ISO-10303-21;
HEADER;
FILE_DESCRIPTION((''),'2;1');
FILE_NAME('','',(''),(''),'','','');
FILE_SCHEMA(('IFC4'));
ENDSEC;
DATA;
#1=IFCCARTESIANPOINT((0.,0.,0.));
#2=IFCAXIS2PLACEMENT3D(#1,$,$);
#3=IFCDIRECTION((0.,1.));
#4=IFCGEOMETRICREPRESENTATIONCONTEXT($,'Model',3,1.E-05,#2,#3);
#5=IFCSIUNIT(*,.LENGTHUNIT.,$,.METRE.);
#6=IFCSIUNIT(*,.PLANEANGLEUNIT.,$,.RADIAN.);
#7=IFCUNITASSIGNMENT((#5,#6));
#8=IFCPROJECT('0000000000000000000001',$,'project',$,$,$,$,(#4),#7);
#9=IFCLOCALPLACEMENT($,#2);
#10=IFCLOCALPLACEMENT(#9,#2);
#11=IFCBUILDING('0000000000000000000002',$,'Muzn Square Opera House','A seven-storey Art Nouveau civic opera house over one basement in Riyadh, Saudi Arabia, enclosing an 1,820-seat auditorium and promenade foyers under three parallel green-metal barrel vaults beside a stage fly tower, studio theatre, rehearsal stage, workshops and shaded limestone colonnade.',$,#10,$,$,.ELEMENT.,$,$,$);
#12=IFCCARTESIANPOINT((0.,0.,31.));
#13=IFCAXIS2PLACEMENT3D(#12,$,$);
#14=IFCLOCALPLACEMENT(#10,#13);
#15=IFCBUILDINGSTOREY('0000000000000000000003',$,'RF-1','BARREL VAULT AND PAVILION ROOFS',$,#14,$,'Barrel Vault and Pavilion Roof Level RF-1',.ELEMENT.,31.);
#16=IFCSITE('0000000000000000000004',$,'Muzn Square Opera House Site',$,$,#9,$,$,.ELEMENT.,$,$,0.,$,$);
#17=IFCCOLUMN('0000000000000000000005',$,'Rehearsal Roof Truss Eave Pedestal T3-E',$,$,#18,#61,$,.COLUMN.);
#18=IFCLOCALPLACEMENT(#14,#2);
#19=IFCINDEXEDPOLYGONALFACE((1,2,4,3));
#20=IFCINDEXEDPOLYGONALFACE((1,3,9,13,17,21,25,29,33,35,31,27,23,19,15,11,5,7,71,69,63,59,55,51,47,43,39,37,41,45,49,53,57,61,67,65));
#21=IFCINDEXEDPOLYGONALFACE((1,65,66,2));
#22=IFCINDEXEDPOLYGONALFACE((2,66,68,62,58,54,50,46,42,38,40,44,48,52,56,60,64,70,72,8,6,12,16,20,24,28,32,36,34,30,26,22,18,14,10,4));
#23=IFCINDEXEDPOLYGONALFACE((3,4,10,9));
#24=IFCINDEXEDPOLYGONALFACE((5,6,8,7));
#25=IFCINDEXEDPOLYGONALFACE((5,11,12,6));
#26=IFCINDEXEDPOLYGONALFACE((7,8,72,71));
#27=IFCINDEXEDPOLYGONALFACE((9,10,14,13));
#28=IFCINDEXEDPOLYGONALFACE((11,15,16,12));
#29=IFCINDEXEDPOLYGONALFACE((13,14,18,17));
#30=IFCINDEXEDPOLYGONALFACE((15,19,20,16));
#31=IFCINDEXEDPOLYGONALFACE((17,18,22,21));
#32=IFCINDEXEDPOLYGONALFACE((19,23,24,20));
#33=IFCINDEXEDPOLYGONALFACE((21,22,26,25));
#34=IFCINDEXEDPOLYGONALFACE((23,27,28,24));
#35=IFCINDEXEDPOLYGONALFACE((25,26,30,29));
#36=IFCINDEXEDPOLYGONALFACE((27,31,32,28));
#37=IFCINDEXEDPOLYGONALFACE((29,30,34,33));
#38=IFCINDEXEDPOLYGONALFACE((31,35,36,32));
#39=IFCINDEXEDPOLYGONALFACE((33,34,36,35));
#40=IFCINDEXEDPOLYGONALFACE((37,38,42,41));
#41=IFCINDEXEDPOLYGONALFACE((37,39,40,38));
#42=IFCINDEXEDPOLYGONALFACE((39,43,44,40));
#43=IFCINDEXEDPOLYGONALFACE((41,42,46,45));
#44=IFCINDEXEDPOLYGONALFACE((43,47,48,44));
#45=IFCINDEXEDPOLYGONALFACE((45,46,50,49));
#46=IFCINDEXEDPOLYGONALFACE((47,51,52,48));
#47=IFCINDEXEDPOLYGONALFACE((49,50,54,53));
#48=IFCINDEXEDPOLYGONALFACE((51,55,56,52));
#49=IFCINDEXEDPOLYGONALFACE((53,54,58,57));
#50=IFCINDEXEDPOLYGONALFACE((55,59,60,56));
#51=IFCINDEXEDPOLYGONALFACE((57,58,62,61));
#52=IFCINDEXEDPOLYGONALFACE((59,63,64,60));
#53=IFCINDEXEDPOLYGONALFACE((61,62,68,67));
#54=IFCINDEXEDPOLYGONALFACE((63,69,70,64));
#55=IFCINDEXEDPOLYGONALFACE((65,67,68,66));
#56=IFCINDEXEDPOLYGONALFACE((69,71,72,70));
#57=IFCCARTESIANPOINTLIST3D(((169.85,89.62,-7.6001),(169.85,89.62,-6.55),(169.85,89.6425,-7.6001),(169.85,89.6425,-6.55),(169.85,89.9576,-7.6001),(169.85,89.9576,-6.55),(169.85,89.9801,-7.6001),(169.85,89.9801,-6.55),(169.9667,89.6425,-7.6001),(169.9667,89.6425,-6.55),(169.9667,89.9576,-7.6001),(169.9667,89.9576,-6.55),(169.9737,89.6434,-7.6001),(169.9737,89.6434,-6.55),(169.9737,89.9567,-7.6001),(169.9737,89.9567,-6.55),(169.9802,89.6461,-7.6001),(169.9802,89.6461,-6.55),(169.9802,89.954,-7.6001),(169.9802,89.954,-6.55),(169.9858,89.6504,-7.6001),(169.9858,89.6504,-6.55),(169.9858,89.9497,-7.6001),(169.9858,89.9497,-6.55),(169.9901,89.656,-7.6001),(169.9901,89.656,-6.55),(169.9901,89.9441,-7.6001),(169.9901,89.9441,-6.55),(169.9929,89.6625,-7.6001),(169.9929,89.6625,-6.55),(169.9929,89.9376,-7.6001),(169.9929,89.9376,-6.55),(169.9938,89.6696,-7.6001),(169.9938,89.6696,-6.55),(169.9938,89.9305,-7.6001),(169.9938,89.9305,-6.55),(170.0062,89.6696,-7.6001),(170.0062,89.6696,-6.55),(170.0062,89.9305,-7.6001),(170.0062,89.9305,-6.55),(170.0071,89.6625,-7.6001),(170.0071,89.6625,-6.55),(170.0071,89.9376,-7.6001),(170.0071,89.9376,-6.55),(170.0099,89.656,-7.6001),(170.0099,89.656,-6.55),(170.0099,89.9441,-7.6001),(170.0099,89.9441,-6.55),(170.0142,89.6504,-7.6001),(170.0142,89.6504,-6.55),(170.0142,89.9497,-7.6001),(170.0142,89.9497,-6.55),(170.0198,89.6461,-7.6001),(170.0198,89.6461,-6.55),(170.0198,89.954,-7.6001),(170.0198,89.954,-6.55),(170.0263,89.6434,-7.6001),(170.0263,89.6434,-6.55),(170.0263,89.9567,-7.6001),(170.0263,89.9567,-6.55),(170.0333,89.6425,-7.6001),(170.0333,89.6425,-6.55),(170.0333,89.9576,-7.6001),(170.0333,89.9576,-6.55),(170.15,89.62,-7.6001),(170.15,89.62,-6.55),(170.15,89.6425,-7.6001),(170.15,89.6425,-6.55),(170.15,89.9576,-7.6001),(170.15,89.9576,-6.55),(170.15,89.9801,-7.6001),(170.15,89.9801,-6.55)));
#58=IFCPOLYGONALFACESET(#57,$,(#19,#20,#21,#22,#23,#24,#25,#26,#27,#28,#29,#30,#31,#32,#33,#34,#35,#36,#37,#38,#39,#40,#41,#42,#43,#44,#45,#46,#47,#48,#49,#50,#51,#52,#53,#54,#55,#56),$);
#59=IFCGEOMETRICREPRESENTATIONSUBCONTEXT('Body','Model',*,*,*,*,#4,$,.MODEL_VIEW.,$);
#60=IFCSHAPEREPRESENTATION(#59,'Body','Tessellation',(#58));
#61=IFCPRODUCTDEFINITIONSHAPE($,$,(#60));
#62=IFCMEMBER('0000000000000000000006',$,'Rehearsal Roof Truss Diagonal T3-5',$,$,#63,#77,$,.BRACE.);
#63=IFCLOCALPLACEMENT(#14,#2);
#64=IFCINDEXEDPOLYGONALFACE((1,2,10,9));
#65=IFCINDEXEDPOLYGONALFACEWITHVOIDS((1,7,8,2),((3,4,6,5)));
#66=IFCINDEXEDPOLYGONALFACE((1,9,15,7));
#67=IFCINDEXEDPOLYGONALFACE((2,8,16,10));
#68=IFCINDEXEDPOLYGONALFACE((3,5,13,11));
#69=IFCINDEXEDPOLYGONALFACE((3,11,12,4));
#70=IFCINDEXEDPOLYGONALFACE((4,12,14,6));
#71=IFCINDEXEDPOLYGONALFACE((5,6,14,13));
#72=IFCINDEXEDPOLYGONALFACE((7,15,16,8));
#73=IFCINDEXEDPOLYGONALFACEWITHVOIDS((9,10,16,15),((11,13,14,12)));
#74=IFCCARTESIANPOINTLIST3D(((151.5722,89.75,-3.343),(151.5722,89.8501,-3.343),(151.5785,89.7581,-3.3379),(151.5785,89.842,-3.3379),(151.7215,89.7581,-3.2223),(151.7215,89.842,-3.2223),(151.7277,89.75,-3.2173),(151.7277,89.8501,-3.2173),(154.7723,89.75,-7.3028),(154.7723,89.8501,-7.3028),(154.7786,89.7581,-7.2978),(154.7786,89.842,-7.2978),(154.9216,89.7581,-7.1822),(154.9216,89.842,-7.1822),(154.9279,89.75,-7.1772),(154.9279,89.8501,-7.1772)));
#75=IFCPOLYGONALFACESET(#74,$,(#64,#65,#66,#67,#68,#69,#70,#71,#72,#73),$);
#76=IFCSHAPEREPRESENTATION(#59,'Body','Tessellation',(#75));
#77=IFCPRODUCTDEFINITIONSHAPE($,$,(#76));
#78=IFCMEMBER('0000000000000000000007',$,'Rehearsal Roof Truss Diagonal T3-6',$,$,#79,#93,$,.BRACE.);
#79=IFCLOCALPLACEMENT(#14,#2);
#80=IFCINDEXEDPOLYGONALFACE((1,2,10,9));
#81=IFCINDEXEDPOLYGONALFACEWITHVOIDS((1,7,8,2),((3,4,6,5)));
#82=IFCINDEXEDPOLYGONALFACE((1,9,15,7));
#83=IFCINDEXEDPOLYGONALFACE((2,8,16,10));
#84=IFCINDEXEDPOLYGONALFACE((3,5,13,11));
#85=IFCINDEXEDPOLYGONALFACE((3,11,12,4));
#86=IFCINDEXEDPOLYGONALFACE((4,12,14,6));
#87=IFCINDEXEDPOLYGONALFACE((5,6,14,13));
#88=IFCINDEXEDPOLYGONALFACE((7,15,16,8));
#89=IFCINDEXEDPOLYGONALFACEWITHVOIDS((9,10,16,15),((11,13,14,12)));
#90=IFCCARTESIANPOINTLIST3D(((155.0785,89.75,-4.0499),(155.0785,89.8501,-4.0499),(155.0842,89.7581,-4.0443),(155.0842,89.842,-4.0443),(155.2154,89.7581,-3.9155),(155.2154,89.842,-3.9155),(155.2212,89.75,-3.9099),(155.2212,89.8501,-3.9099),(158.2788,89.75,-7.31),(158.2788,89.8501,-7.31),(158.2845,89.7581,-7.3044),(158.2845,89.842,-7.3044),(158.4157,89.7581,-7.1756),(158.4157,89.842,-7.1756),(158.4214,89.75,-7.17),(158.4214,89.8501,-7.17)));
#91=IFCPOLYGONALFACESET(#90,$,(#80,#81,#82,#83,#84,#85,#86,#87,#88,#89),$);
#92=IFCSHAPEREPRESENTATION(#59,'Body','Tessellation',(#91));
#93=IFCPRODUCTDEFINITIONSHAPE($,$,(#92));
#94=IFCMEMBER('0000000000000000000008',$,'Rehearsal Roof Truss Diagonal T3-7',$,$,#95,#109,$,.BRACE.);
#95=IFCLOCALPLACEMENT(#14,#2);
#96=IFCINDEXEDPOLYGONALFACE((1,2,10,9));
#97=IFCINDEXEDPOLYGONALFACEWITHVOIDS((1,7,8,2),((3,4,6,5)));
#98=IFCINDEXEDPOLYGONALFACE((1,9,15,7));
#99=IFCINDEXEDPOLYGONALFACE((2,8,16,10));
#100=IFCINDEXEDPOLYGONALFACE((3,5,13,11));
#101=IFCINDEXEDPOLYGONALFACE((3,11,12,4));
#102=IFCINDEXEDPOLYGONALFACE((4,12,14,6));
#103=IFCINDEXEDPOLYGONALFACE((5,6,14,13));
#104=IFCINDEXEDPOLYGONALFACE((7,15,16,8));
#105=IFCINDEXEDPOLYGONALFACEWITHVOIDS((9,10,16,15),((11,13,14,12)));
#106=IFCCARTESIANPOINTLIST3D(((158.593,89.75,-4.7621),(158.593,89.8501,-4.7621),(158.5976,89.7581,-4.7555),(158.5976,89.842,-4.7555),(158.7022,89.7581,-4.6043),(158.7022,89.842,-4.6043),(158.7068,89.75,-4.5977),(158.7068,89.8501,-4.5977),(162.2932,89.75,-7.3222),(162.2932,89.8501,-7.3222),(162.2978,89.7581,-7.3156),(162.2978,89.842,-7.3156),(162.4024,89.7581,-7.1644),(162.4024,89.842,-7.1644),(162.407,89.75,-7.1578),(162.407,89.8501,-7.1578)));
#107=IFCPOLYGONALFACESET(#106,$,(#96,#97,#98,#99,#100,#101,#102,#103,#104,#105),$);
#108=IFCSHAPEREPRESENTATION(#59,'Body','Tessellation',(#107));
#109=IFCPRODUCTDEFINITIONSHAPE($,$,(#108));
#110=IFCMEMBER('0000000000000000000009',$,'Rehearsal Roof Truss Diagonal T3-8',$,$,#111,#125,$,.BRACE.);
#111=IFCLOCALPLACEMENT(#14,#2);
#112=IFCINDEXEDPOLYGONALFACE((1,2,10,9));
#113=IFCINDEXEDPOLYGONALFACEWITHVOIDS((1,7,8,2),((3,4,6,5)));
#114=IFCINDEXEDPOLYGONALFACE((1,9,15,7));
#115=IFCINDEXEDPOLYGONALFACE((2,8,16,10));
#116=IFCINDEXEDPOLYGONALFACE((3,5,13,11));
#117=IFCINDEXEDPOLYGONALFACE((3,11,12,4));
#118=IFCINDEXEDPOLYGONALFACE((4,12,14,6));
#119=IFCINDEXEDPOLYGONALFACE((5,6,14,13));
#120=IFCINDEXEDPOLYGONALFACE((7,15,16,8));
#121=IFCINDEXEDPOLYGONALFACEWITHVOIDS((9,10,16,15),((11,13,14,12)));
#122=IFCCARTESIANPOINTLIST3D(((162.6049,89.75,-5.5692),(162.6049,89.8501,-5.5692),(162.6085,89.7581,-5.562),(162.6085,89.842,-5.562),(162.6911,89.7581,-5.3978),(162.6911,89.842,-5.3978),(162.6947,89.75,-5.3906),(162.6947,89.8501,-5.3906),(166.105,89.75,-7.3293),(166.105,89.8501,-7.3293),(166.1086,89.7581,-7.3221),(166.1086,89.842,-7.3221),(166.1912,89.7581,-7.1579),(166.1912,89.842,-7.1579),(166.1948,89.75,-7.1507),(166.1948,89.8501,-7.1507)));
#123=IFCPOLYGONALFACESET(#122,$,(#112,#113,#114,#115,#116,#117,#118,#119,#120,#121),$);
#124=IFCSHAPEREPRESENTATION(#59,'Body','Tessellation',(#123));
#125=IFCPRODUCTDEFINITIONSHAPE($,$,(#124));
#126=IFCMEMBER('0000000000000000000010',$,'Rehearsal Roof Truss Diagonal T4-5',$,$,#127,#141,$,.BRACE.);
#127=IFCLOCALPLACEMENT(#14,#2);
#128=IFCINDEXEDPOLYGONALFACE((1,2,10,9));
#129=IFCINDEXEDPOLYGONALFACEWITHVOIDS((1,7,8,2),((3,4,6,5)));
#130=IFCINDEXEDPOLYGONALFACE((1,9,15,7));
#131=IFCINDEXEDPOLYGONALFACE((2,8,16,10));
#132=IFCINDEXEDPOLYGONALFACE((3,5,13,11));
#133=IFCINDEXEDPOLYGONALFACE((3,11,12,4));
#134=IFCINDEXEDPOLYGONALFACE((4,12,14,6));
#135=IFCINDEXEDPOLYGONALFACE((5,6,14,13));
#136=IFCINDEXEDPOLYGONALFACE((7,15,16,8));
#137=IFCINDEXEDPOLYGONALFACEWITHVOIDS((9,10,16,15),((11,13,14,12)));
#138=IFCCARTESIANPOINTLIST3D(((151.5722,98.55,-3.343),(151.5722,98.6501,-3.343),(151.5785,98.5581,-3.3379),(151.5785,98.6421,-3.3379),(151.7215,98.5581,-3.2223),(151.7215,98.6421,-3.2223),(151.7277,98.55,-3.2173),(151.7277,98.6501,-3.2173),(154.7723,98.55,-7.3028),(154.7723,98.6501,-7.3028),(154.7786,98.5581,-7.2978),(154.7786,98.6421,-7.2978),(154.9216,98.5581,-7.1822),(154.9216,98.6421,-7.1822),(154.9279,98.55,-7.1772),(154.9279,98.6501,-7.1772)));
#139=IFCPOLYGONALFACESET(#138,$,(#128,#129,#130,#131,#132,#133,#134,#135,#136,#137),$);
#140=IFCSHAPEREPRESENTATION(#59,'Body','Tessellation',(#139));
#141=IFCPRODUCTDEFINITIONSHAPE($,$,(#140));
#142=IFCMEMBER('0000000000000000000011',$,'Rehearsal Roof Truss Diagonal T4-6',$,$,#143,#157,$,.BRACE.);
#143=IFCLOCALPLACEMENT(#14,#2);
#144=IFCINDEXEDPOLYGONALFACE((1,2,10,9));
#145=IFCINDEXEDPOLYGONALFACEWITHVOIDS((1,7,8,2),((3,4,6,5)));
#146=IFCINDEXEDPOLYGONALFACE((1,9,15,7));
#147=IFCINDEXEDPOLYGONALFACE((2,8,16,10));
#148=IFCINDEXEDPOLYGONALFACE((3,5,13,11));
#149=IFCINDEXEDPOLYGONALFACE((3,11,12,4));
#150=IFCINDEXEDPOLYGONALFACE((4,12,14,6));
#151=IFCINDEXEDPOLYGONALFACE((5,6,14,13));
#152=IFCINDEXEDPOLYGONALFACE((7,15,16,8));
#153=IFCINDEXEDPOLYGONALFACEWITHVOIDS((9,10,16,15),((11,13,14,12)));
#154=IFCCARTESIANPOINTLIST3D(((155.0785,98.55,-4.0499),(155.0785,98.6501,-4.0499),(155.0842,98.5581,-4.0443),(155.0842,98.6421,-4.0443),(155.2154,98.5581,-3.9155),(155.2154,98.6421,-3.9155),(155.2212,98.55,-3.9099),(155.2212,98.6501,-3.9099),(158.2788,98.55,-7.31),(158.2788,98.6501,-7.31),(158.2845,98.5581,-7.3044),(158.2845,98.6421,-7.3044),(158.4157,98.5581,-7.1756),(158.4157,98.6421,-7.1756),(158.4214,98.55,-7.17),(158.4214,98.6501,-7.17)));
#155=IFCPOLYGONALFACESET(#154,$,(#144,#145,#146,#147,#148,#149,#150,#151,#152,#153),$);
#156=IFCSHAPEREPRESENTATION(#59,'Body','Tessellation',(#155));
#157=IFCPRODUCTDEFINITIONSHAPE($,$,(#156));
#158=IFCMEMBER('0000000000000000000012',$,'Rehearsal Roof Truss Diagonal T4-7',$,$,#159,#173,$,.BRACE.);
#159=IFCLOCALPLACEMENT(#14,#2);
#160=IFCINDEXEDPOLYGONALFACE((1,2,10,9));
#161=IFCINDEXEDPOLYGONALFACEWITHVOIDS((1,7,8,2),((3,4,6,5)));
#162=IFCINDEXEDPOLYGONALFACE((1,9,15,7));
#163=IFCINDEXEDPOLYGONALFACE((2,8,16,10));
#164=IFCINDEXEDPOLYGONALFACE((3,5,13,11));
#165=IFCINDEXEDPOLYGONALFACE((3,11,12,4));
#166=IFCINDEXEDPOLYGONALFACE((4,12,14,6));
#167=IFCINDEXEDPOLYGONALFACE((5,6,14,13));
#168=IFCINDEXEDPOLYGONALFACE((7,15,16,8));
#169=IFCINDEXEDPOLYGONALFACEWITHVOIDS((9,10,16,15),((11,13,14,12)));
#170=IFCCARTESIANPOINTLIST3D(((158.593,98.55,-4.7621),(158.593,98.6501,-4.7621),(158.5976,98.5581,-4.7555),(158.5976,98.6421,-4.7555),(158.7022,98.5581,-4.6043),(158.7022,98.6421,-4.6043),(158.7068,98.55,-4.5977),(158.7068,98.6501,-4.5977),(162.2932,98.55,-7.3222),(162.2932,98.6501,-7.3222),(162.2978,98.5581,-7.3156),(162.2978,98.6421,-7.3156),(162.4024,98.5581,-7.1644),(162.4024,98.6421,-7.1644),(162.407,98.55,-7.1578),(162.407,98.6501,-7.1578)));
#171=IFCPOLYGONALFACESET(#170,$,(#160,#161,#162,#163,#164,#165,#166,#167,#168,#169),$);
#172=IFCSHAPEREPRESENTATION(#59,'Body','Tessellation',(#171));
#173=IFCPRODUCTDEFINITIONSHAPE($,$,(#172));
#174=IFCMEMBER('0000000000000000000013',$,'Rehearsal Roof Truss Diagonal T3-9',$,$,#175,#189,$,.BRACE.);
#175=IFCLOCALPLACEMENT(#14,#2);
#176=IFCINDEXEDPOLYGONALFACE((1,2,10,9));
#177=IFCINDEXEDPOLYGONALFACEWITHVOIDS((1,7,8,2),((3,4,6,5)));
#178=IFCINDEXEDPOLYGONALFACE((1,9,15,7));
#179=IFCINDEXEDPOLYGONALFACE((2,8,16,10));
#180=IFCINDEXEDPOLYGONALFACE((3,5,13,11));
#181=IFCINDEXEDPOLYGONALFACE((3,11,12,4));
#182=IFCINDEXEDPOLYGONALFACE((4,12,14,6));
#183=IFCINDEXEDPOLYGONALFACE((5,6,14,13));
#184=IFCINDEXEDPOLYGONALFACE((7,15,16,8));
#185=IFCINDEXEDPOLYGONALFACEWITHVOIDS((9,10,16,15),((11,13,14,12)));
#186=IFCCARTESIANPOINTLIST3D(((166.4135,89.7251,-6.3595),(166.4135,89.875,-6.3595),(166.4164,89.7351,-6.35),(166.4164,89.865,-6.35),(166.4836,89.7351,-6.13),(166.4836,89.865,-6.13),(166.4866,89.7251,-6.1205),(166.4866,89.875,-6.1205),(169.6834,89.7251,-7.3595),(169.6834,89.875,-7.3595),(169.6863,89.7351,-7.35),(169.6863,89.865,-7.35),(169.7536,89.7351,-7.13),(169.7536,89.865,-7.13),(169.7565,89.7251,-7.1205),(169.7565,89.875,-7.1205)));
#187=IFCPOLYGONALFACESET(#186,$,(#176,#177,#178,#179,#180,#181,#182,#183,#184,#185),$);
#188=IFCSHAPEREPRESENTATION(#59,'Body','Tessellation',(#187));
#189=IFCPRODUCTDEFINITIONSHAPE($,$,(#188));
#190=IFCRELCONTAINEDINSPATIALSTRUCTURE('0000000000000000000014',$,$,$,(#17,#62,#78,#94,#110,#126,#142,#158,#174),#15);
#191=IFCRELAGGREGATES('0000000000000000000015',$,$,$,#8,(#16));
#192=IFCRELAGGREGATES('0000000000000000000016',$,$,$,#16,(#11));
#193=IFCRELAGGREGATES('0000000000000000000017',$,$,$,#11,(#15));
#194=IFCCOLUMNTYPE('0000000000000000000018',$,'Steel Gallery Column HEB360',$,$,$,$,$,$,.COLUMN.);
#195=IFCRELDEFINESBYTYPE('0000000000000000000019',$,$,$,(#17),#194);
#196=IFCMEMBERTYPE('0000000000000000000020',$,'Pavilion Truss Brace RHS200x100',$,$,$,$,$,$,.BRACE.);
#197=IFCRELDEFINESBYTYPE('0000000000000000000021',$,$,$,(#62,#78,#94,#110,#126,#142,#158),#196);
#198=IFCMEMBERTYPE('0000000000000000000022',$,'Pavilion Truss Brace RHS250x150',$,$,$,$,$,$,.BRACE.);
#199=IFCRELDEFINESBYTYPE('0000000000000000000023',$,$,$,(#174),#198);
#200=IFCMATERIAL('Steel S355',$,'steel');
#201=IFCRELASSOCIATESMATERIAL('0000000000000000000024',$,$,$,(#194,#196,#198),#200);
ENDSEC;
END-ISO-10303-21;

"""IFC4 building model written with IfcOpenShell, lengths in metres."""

from ifc_helpers import new_model, si_unit, direction, frame, origin, origin_2d, place, context, subcontext, project, spatial, hollow_rectangle, i_section, extrude, material, material_profile, profile_set, type_object, element, save


model = new_model("IFC4")

# Units and contexts
model_context = context("Model", 3, precision=1e-05, world=origin(), true_north=direction((0.0, 1.0)))
body_context = subcontext(model_context, "Body", "Model", "MODEL_VIEW")
ifc_project = project(units=[si_unit("LENGTHUNIT", "METRE"), si_unit("PLANEANGLEUNIT", "RADIAN")], contexts=[model_context])

# Site, building, storey
site_placement = place(None, origin())
site = spatial("IfcSite", under=ifc_project, at=site_placement, Name="Muzn Square Opera House Site", CompositionType="ELEMENT", RefElevation=0.0)
building_placement = place(site_placement, origin())
building = spatial("IfcBuilding", under=site, at=building_placement, Name="Muzn Square Opera House", Description="A seven-storey Art Nouveau civic opera house over one basement in Riyadh, Saudi Arabia, enclosing an 1,820-seat auditorium and promenade foyers under three parallel green-metal barrel vaults beside a stage fly tower, studio theatre, rehearsal stage, workshops and shaded limestone colonnade.", CompositionType="ELEMENT")
storey_placement = place(building_placement, frame((0.0, 0.0, 31.0)))
storey = spatial("IfcBuildingStorey", under=building, at=storey_placement, Name="RF-1", Description="BARREL VAULT AND PAVILION ROOFS", LongName="Barrel Vault and Pavilion Roof Level RF-1", CompositionType="ELEMENT", Elevation=31.0)

# Column
ifc_material = material(Name="Steel S355", Category="steel")
ifc_material_profile_1 = material_profile(ifc_material, i_section(OverallWidth=0.3, OverallDepth=0.3601, WebThickness=0.0125, FlangeThickness=0.0225, FilletRadius=0.0271, at=origin_2d()), Name="HEB 360", Category="steel")
ifc_profile_set_1 = profile_set([ifc_material_profile_1], Name="Steel S355")
column_type = type_object("IfcColumnType", Name="Steel Gallery Column HEB360", PredefinedType="COLUMN", material=ifc_profile_set_1)
column_placement = place(storey_placement, frame((170.0, 89.8, -7.6001), z_axis=(0.0, 0.0, 1.0), x_axis=(1.0, 0.0, 0.0)))
element("IfcColumn", 1, at=column_placement, inside=storey, type_object=column_type, Name="Rehearsal Roof Truss Eave Pedestal T3-E", PredefinedType="COLUMN", context=body_context, shape_type="SweptSolid", body=[
    extrude(i_section(OverallWidth=0.3, OverallDepth=0.3601, WebThickness=0.0125, FlangeThickness=0.0225, FilletRadius=0.0271, at=origin_2d()), origin(), (0.0, 0.0, 1.0), 1.05),
])

# Members
ifc_material_profile_2 = material_profile(ifc_material, hollow_rectangle(XDim=0.1001, YDim=0.2, WallThickness=0.0081, at=origin_2d()), Name="RHS 200x100x8", Category="steel")
ifc_profile_set_2 = profile_set([ifc_material_profile_2], Name="Steel S355")
member_type_1 = type_object("IfcMemberType", Name="Pavilion Truss Brace RHS200x100", PredefinedType="BRACE", material=ifc_profile_set_2)
member_1_placement = place(storey_placement, frame((154.8501, 89.8, -7.24), z_axis=(-0.628547, 0.0, 0.777772), x_axis=(0.0, -1.0, 0.0)))
element("IfcMember", 2, at=member_1_placement, inside=storey, type_object=member_type_1, Name="Rehearsal Roof Truss Diagonal T3-5", PredefinedType="BRACE", context=body_context, shape_type="SweptSolid", body=[
    extrude(hollow_rectangle(XDim=0.1001, YDim=0.2, WallThickness=0.0081, at=origin_2d()), origin(), (0.0, 0.0, 1.0), 5.0913),
])
member_2_placement = place(storey_placement, frame((158.3501, 89.8, -7.24), z_axis=(-0.70053, 0.0, 0.713623), x_axis=(0.0, -1.0, 0.0)))
element("IfcMember", 3, at=member_2_placement, inside=storey, type_object=member_type_1, Name="Rehearsal Roof Truss Diagonal T3-6", PredefinedType="BRACE", context=body_context, shape_type="SweptSolid", body=[
    extrude(hollow_rectangle(XDim=0.1001, YDim=0.2, WallThickness=0.0081, at=origin_2d()), origin(), (0.0, 0.0, 1.0), 4.5684),
])
member_3_placement = place(storey_placement, frame((162.3501, 89.8, -7.24), z_axis=(-0.82236, 0.0, 0.568967), x_axis=(0.0, -1.0, 0.0)))
element("IfcMember", 4, at=member_3_placement, inside=storey, type_object=member_type_1, Name="Rehearsal Roof Truss Diagonal T3-7", PredefinedType="BRACE", context=body_context, shape_type="SweptSolid", body=[
    extrude(hollow_rectangle(XDim=0.1001, YDim=0.2, WallThickness=0.0081, at=origin_2d()), origin(), (0.0, 0.0, 1.0), 4.4995),
])
member_4_placement = place(storey_placement, frame((166.1499, 89.8, -7.24), z_axis=(-0.893403, 0.0, 0.449256), x_axis=(0.0, -1.0, 0.0)))
element("IfcMember", 5, at=member_4_placement, inside=storey, type_object=member_type_1, Name="Rehearsal Roof Truss Diagonal T3-8", PredefinedType="BRACE", context=body_context, shape_type="SweptSolid", body=[
    extrude(hollow_rectangle(XDim=0.1001, YDim=0.2, WallThickness=0.0081, at=origin_2d()), origin(), (0.0, 0.0, 1.0), 3.9177),
])
member_5_placement = place(storey_placement, frame((154.8501, 98.6001, -7.24), z_axis=(-0.628547, 0.0, 0.777772), x_axis=(0.0, -1.0, 0.0)))
element("IfcMember", 6, at=member_5_placement, inside=storey, type_object=member_type_1, Name="Rehearsal Roof Truss Diagonal T4-5", PredefinedType="BRACE", context=body_context, shape_type="SweptSolid", body=[
    extrude(hollow_rectangle(XDim=0.1001, YDim=0.2, WallThickness=0.0081, at=origin_2d()), origin(), (0.0, 0.0, 1.0), 5.0913),
])
member_6_placement = place(storey_placement, frame((158.3501, 98.6001, -7.24), z_axis=(-0.70053, 0.0, 0.713623), x_axis=(0.0, -1.0, 0.0)))
element("IfcMember", 7, at=member_6_placement, inside=storey, type_object=member_type_1, Name="Rehearsal Roof Truss Diagonal T4-6", PredefinedType="BRACE", context=body_context, shape_type="SweptSolid", body=[
    extrude(hollow_rectangle(XDim=0.1001, YDim=0.2, WallThickness=0.0081, at=origin_2d()), origin(), (0.0, 0.0, 1.0), 4.5684),
])
member_7_placement = place(storey_placement, frame((162.3501, 98.6001, -7.24), z_axis=(-0.82236, 0.0, 0.568967), x_axis=(0.0, -1.0, 0.0)))
element("IfcMember", 8, at=member_7_placement, inside=storey, type_object=member_type_1, Name="Rehearsal Roof Truss Diagonal T4-7", PredefinedType="BRACE", context=body_context, shape_type="SweptSolid", body=[
    extrude(hollow_rectangle(XDim=0.1001, YDim=0.2, WallThickness=0.0081, at=origin_2d()), origin(), (0.0, 0.0, 1.0), 4.4995),
])
ifc_material_profile_3 = material_profile(ifc_material, hollow_rectangle(XDim=0.1499, YDim=0.25, WallThickness=0.01, at=origin_2d()), Name="RHS 250x150x10", Category="steel")
ifc_profile_set_3 = profile_set([ifc_material_profile_3], Name="Steel S355")
member_type_2 = type_object("IfcMemberType", Name="Pavilion Truss Brace RHS250x150", PredefinedType="BRACE", material=ifc_profile_set_3)
member_8_placement = place(storey_placement, frame((169.72, 89.8, -7.24), z_axis=(-0.956284, 0.0, 0.29244), x_axis=(0.0, -1.0, 0.0)))
element("IfcMember", 9, at=member_8_placement, inside=storey, type_object=member_type_2, Name="Rehearsal Roof Truss Diagonal T3-9", PredefinedType="BRACE", context=body_context, shape_type="SweptSolid", body=[
    extrude(hollow_rectangle(XDim=0.1499, YDim=0.25, WallThickness=0.01, at=origin_2d()), origin(), (0.0, 0.0, 1.0), 3.4194),
])

save(model, "model.ifc")
